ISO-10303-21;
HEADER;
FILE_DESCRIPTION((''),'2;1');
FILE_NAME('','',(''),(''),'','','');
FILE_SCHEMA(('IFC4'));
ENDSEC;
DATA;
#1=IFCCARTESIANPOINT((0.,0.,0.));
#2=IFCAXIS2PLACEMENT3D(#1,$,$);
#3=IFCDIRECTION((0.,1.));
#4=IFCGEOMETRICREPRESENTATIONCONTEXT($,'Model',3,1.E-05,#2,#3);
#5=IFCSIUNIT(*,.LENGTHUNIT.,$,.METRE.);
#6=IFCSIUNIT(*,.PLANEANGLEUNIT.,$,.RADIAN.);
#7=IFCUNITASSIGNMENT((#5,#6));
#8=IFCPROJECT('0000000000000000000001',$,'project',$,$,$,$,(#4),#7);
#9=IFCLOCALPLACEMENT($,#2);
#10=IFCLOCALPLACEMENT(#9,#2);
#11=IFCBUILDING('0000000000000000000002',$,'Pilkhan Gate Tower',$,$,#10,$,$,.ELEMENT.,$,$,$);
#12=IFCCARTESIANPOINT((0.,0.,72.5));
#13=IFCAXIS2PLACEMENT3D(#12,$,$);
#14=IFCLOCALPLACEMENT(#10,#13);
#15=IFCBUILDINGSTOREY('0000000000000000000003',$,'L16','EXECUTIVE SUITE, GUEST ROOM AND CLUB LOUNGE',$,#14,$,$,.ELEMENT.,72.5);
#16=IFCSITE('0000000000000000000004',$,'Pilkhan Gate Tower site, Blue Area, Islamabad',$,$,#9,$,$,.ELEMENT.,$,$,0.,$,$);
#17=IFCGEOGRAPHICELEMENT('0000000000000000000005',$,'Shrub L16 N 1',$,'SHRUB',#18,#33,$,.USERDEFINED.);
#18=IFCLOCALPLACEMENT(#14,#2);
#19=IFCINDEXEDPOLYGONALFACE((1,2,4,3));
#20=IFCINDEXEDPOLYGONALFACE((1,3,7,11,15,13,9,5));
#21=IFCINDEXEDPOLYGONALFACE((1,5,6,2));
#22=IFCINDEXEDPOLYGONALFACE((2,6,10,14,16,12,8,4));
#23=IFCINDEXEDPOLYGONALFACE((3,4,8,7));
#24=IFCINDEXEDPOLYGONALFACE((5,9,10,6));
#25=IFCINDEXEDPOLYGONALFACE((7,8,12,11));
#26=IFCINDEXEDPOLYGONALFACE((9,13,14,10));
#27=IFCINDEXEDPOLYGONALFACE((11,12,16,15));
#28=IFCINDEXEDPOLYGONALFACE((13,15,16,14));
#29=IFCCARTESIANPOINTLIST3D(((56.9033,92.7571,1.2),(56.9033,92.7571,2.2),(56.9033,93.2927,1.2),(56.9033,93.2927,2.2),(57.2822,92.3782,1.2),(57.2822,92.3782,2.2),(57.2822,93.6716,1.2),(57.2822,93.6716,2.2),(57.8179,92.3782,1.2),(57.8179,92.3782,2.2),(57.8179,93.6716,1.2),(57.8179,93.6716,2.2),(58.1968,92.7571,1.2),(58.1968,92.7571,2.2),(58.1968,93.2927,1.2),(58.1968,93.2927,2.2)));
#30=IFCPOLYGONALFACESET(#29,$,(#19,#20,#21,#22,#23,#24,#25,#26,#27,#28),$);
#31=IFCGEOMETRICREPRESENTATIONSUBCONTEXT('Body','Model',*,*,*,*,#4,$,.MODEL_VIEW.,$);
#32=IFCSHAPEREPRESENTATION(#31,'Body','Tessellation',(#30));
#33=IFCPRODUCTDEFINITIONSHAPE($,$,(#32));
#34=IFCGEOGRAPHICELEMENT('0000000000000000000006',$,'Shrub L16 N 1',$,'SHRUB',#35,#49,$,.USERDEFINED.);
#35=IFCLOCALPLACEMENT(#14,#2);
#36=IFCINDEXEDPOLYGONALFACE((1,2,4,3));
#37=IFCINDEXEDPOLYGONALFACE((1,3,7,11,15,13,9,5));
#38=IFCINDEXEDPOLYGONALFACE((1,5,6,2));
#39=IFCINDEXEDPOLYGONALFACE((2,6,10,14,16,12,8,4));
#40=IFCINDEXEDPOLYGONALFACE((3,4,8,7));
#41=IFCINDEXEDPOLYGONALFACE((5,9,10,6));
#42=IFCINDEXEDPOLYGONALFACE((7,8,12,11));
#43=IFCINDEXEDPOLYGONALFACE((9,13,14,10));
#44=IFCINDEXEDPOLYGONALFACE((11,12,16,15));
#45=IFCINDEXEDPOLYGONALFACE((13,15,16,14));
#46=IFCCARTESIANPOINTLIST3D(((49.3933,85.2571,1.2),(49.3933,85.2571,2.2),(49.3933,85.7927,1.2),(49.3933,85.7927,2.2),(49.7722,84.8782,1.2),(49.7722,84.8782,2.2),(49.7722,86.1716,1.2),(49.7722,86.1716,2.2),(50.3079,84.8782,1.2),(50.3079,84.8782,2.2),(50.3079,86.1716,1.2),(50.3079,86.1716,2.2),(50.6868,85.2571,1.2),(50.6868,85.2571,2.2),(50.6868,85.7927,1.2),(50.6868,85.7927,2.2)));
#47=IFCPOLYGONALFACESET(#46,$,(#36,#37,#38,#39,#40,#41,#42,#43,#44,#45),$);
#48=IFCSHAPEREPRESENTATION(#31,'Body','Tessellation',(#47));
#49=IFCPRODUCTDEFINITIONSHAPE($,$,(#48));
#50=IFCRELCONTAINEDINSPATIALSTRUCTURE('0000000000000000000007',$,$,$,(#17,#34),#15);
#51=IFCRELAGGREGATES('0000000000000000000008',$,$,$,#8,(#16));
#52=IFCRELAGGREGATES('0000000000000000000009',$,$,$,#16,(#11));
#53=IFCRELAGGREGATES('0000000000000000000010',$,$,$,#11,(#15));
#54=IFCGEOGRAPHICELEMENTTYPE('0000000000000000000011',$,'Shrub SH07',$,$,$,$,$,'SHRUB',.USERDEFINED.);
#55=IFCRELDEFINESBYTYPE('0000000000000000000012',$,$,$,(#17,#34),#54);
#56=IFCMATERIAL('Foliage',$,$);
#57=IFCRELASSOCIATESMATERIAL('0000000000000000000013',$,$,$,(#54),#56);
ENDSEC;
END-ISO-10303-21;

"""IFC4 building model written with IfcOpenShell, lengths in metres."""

from ifc_helpers import new_model, si_unit, direction, frame, origin, place, context, subcontext, project, spatial, polyline, outline, extrude, material, material_profile, profile_set, type_object, element, save


model = new_model("IFC4")

# Units and contexts
model_context = context("Model", 3, precision=1e-05, world=origin(), true_north=direction((0.0, 1.0)))
body_context = subcontext(model_context, "Body", "Model", "MODEL_VIEW")
ifc_project = project(units=[si_unit("LENGTHUNIT", "METRE"), si_unit("PLANEANGLEUNIT", "RADIAN")], contexts=[model_context])

# Site, building, storey
site_placement = place(None, origin())
site = spatial("IfcSite", under=ifc_project, at=site_placement, Name="Pilkhan Gate Tower site, Blue Area, Islamabad", CompositionType="ELEMENT", RefElevation=0.0)
building_placement = place(site_placement, origin())
building = spatial("IfcBuilding", under=site, at=building_placement, Name="Pilkhan Gate Tower", CompositionType="ELEMENT")
storey_placement = place(building_placement, frame((0.0, 0.0, 72.5)))
storey = spatial("IfcBuildingStorey", under=building, at=storey_placement, Name="L16", Description="EXECUTIVE SUITE, GUEST ROOM AND CLUB LOUNGE", CompositionType="ELEMENT", Elevation=72.5)

# Geographic elements
ifc_material_1 = material(Name="Foliage")
ifc_material_profile_1 = material_profile(ifc_material_1, outline(polyline([(0.6467, 0.2678), (0.2678, 0.6467), (-0.2678, 0.6467), (-0.6467, 0.2678), (-0.6467, -0.2678), (-0.2678, -0.6467), (0.2678, -0.6467), (0.6467, -0.2678), (0.6467, 0.2678)])), Name="Shrub D1.4")
ifc_profile_set_1 = profile_set([ifc_material_profile_1], Name="Foliage")
geographic_element_type_1 = type_object("IfcGeographicElementType", Name="Shrub SH07", ElementType="SHRUB", PredefinedType="USERDEFINED", material=ifc_profile_set_1)
for number, where, z_axis, x_axis, name in (
    (1, (57.55, 93.0249, 1.2), (0.0, 0.0, 1.0), (1.0, 0.0, 0.0), "Shrub L16 N 1"),
    (2, (50.04, 85.5249, 1.2), (0.0, 0.0, 1.0), (1.0, 0.0, 0.0), "Shrub L16 N 1"),
):
    element("IfcGeographicElement", number, at=place(storey_placement, frame(where, z_axis=z_axis, x_axis=x_axis)), inside=storey, type_object=geographic_element_type_1, Name=name, ObjectType="SHRUB", PredefinedType="USERDEFINED", context=body_context, shape_type="SweptSolid", body=[
        extrude(outline(polyline([(0.6467, 0.2678), (0.2678, 0.6467), (-0.2678, 0.6467), (-0.6467, 0.2678), (-0.6467, -0.2678), (-0.2678, -0.6467), (0.2678, -0.6467), (0.6467, -0.2678), (0.6467, 0.2678)])), origin(), (0.0, 0.0, 1.0), 1.0),
    ])

save(model, "model.ifc")
